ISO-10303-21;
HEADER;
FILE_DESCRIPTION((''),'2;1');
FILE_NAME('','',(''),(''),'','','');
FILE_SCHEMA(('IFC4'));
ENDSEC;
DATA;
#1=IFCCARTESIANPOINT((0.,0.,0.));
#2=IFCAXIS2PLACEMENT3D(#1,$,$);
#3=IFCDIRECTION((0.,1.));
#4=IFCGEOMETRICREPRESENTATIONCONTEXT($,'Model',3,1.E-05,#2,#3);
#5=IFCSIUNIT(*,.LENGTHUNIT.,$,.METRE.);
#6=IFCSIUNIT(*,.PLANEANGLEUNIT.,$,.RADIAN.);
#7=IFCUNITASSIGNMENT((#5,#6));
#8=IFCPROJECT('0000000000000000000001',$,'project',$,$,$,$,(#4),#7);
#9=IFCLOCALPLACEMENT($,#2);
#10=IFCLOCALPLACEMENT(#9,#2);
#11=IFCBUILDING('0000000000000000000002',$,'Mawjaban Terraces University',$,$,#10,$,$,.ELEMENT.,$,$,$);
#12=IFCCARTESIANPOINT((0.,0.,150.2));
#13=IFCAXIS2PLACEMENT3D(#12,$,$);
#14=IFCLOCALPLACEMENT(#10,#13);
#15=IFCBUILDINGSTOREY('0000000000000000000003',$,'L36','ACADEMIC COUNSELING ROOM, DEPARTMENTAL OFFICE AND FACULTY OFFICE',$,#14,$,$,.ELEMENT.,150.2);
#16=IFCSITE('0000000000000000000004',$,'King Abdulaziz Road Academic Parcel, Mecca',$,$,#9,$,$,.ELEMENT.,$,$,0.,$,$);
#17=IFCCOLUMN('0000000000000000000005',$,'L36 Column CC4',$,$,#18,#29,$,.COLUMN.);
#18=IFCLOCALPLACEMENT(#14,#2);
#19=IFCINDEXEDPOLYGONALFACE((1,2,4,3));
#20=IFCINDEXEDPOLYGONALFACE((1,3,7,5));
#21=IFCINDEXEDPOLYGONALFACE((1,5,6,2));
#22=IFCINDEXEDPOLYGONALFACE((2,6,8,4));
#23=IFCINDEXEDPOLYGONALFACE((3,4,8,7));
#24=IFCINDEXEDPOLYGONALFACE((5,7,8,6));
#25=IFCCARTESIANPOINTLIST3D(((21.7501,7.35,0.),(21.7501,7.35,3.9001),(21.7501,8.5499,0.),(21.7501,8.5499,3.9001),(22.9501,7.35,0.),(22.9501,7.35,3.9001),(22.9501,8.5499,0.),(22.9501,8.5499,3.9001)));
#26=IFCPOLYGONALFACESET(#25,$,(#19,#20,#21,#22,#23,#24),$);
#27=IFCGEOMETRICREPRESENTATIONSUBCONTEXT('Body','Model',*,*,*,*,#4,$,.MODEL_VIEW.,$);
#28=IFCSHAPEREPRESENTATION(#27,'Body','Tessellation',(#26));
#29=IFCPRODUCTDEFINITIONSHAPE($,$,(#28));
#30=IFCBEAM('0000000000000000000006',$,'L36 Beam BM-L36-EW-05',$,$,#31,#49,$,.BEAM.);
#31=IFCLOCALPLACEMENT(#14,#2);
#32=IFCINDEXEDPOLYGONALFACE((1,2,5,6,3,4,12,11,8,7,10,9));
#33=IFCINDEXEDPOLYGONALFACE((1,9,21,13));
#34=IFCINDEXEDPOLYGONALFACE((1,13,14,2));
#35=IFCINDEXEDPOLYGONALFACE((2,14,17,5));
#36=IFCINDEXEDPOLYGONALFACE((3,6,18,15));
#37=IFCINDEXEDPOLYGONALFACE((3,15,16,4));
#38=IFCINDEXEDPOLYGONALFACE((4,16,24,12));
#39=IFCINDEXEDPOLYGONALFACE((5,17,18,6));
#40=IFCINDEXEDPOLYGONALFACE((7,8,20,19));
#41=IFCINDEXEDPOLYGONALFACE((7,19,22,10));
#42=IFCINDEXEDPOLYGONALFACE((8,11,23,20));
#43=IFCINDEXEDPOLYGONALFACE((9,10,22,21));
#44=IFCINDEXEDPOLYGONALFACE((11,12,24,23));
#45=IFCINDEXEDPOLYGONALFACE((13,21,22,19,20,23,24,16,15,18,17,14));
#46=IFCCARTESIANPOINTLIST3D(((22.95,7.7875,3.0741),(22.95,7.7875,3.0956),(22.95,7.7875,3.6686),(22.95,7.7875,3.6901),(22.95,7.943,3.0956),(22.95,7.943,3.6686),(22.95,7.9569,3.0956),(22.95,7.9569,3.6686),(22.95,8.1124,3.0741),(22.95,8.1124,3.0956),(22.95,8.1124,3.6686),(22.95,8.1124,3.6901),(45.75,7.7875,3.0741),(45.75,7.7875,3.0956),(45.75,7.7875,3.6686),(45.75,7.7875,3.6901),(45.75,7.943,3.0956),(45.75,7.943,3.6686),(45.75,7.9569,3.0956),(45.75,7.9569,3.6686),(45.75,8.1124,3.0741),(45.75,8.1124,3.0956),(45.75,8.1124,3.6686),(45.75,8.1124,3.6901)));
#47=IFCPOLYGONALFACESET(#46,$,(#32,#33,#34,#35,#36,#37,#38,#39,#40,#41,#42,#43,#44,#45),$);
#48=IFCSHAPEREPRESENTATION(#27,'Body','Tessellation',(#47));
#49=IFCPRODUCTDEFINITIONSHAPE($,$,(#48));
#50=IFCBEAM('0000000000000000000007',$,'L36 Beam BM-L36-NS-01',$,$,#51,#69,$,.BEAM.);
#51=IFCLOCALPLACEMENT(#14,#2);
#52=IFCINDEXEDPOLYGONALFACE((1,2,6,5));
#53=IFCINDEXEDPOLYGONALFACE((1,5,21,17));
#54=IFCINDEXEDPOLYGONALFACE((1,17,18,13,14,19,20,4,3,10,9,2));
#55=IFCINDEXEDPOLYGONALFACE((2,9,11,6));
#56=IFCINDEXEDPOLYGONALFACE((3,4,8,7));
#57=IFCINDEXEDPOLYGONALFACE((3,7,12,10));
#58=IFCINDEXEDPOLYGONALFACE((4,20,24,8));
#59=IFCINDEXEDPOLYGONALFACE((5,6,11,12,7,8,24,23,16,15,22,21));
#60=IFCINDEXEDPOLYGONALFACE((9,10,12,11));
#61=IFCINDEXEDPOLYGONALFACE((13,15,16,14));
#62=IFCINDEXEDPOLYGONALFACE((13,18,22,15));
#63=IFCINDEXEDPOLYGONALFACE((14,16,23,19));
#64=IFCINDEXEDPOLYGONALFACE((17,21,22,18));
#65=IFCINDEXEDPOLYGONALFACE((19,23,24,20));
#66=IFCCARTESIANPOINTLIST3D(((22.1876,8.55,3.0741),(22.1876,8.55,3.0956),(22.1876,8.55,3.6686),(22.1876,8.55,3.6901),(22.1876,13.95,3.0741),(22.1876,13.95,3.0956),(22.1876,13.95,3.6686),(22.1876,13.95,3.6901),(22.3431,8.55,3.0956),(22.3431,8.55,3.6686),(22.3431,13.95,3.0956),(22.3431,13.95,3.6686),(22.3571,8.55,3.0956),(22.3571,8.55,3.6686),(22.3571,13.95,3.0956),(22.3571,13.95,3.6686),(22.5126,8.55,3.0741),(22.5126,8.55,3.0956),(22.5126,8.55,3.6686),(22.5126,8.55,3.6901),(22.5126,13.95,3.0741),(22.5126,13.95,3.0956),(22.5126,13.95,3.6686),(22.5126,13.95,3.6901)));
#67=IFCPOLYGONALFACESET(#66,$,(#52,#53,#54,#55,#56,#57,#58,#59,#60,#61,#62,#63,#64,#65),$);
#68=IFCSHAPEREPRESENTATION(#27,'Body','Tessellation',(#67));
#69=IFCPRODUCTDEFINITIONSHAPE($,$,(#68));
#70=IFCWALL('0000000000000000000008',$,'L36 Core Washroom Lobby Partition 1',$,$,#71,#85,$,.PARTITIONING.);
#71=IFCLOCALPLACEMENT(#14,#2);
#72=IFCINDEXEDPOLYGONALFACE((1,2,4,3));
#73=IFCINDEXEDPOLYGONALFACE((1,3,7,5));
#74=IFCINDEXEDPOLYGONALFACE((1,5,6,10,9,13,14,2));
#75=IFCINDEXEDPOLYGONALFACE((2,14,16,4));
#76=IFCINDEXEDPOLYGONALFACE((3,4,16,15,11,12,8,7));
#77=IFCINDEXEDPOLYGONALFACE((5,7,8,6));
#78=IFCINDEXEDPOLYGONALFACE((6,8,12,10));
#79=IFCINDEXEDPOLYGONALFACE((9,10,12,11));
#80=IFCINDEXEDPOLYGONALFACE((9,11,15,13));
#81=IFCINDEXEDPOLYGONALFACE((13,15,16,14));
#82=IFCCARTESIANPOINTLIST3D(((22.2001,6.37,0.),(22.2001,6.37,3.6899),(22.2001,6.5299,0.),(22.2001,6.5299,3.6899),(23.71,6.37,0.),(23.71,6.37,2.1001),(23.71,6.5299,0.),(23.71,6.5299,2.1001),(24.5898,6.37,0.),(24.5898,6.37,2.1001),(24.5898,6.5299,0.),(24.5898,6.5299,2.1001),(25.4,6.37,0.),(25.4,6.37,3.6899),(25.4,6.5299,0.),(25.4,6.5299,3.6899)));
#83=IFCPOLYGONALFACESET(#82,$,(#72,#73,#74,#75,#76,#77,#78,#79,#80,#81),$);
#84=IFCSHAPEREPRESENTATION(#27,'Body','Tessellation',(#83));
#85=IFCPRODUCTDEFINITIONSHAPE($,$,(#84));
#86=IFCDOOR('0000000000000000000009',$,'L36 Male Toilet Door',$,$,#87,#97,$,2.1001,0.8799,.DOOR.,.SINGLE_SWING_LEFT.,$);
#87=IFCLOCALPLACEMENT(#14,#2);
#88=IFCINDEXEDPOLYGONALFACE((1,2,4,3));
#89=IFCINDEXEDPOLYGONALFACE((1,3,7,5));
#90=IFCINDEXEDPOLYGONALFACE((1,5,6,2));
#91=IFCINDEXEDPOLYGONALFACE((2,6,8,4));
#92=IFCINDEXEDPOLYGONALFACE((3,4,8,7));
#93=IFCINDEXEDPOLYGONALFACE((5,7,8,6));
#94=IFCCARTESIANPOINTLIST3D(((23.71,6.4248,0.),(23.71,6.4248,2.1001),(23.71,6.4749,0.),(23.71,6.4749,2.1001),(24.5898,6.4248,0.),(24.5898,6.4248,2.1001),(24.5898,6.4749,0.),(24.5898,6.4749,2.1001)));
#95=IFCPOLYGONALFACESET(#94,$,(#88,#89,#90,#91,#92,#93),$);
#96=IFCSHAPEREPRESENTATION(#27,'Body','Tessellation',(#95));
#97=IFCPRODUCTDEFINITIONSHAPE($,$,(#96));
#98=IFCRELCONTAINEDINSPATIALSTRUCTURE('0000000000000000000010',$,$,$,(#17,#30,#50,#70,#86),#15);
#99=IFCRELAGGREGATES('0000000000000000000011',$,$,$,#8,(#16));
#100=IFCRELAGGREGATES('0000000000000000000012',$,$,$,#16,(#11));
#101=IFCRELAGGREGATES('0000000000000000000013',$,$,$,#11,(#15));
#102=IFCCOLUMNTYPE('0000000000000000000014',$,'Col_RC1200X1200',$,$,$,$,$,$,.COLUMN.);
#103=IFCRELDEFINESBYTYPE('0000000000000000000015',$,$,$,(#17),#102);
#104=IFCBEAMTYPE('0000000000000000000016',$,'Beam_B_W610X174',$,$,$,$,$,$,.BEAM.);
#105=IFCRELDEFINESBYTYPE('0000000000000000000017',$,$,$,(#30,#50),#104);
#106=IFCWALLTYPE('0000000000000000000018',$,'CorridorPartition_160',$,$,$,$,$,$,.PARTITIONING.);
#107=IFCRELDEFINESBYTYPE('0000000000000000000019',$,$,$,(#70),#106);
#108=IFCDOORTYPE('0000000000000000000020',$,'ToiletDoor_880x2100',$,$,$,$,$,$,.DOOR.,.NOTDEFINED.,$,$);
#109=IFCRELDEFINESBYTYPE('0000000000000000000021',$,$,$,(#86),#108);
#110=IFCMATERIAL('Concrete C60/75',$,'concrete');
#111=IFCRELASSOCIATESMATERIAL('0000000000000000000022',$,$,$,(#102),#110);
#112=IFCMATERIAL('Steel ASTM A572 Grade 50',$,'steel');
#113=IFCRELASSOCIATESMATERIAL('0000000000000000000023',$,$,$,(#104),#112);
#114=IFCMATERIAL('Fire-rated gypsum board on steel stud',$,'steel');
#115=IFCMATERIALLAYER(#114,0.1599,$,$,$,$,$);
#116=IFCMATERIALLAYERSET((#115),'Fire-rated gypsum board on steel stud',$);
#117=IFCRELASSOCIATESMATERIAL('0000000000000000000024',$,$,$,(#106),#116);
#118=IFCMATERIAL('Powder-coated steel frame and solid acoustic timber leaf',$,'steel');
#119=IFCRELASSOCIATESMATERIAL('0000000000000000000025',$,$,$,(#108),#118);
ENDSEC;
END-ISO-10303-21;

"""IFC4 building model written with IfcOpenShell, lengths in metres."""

from ifc_helpers import new_model, si_unit, direction, frame, frame_2d, origin, origin_2d, place, context, subcontext, project, spatial, rectangle, i_section, extrude, material, layer, layer_set, material_profile, profile_set, type_object, element, fill, save


model = new_model("IFC4")

# Units and contexts
model_context = context("Model", 3, precision=1e-05, world=origin(), true_north=direction((0.0, 1.0)))
body_context = subcontext(model_context, "Body", "Model", "MODEL_VIEW")
ifc_project = project(units=[si_unit("LENGTHUNIT", "METRE"), si_unit("PLANEANGLEUNIT", "RADIAN")], contexts=[model_context])

# Site, building, storey
site_placement = place(None, origin())
site = spatial("IfcSite", under=ifc_project, at=site_placement, Name="King Abdulaziz Road Academic Parcel, Mecca", CompositionType="ELEMENT", RefElevation=0.0)
building_placement = place(site_placement, origin())
building = spatial("IfcBuilding", under=site, at=building_placement, Name="Mawjaban Terraces University", CompositionType="ELEMENT")
storey_placement = place(building_placement, frame((0.0, 0.0, 150.2)))
storey = spatial("IfcBuildingStorey", under=building, at=storey_placement, Name="L36", Description="ACADEMIC COUNSELING ROOM, DEPARTMENTAL OFFICE AND FACULTY OFFICE", CompositionType="ELEMENT", Elevation=150.2)

# Column
ifc_material_1 = material(Name="Concrete C60/75", Category="concrete")
ifc_material_profile_1 = material_profile(ifc_material_1, rectangle(XDim=1.2, YDim=1.2, at=origin_2d()), Name="RC1200X1200")
ifc_profile_set_1 = profile_set([ifc_material_profile_1], Name="Concrete C60/75")
column_type = type_object("IfcColumnType", Name="Col_RC1200X1200", PredefinedType="COLUMN", material=ifc_profile_set_1)
column_placement = place(storey_placement, frame((22.3501, 7.95, 0.0), z_axis=(0.0, 0.0, 1.0), x_axis=(1.0, 0.0, 0.0)))
element("IfcColumn", 1, at=column_placement, inside=storey, type_object=column_type, Name="L36 Column CC4", PredefinedType="COLUMN", context=body_context, shape_type="SweptSolid", body=[
    extrude(rectangle(XDim=1.2, YDim=1.2, at=origin_2d()), origin(), (0.0, 0.0, 1.0), 3.9001),
])

# Beams
ifc_material_2 = material(Name="Steel ASTM A572 Grade 50", Category="steel")
ifc_material_profile_2 = material_profile(ifc_material_2, i_section(OverallWidth=0.325, OverallDepth=0.616, WebThickness=0.0139, FlangeThickness=0.0215, at=origin_2d()), Name="W610X174")
ifc_profile_set_2 = profile_set([ifc_material_profile_2], Name="Steel ASTM A572 Grade 50")
beam_type = type_object("IfcBeamType", Name="Beam_B_W610X174", PredefinedType="BEAM", material=ifc_profile_set_2)
beam_1_placement = place(storey_placement, frame((22.95, 7.95, 3.3821), z_axis=(1.0, 0.0, 0.0), x_axis=(0.0, 1.0, 0.0)))
element("IfcBeam", 2, at=beam_1_placement, inside=storey, type_object=beam_type, Name="L36 Beam BM-L36-EW-05", PredefinedType="BEAM", context=body_context, shape_type="SweptSolid", body=[
    extrude(i_section(OverallWidth=0.325, OverallDepth=0.616, WebThickness=0.0139, FlangeThickness=0.0215, at=origin_2d()), origin(), (0.0, 0.0, 1.0), 22.8),
])
beam_2_placement = place(storey_placement, frame((22.3501, 8.55, 3.3821), z_axis=(0.0, 1.0, 0.0), x_axis=(-1.0, 0.0, 0.0)))
element("IfcBeam", 3, at=beam_2_placement, inside=storey, type_object=beam_type, Name="L36 Beam BM-L36-NS-01", PredefinedType="BEAM", context=body_context, shape_type="SweptSolid", body=[
    extrude(i_section(OverallWidth=0.325, OverallDepth=0.616, WebThickness=0.0139, FlangeThickness=0.0215, at=origin_2d()), origin(), (0.0, 0.0, 1.0), 5.3999),
])

# Wall, opening, door
ifc_material_3 = material(Name="Fire-rated gypsum board on steel stud", Category="steel")
ifc_layer_1 = layer(ifc_material_3, 0.1599)
ifc_layer_set_1 = layer_set([ifc_layer_1], Name="Fire-rated gypsum board on steel stud")
wall_type_1 = type_object("IfcWallType", Name="CorridorPartition_160", PredefinedType="PARTITIONING", material=ifc_layer_set_1)
wall_1_placement = place(storey_placement, frame((22.2, 6.45, 0.0), z_axis=(0.0, 0.0, 1.0), x_axis=(1.0, 0.0, 0.0)))
wall_1 = element("IfcWall", 4, at=wall_1_placement, inside=storey, type_object=wall_type_1, Name="L36 Core Washroom Lobby Partition 1", PredefinedType="PARTITIONING", context=body_context, shape_type="SweptSolid", body=[
    extrude(rectangle(XDim=3.2, YDim=0.1599, at=frame_2d((1.6001, 0.0))), origin(), (0.0, 0.0, 1.0), 3.6899),
])
opening_1_placement = place(wall_1_placement, frame((1.51, 0.0, 0.0)))
opening_1 = element("IfcOpeningElement", 5, at=opening_1_placement, cuts=wall_1, PredefinedType="OPENING", context=body_context, shape_type="SweptSolid", body=[
    extrude(rectangle(XDim=0.8799, YDim=2.1001, at=frame_2d((0.4399, 1.05))), frame((0.0, 0.0898, 0.0), z_axis=(0.0, -1.0, 0.0), x_axis=(1.0, 0.0, 0.0)), (0.0, 0.0, 1.0), 0.1799),
])
ifc_material_4 = material(Name="Powder-coated steel frame and solid acoustic timber leaf", Category="steel")
door_type = type_object("IfcDoorType", Name="ToiletDoor_880x2100", OperationType="NOTDEFINED", PredefinedType="DOOR", material=ifc_material_4)
door_placement = place(opening_1_placement, origin())
door = element("IfcDoor", 6, at=door_placement, inside=storey, type_object=door_type, Name="L36 Male Toilet Door", OperationType="SINGLE_SWING_LEFT", OverallHeight=2.1001, OverallWidth=0.8799, PredefinedType="DOOR", context=body_context, shape_type="SweptSolid", body=[
    extrude(rectangle(XDim=0.8799, YDim=2.1001, at=frame_2d((0.4399, 1.05))), frame((0.0, 0.0249, 0.0), z_axis=(0.0, -1.0, 0.0), x_axis=(1.0, 0.0, 0.0)), (0.0, 0.0, 1.0), 0.05),
])
fill(opening_1, door)

save(model, "model.ifc")
